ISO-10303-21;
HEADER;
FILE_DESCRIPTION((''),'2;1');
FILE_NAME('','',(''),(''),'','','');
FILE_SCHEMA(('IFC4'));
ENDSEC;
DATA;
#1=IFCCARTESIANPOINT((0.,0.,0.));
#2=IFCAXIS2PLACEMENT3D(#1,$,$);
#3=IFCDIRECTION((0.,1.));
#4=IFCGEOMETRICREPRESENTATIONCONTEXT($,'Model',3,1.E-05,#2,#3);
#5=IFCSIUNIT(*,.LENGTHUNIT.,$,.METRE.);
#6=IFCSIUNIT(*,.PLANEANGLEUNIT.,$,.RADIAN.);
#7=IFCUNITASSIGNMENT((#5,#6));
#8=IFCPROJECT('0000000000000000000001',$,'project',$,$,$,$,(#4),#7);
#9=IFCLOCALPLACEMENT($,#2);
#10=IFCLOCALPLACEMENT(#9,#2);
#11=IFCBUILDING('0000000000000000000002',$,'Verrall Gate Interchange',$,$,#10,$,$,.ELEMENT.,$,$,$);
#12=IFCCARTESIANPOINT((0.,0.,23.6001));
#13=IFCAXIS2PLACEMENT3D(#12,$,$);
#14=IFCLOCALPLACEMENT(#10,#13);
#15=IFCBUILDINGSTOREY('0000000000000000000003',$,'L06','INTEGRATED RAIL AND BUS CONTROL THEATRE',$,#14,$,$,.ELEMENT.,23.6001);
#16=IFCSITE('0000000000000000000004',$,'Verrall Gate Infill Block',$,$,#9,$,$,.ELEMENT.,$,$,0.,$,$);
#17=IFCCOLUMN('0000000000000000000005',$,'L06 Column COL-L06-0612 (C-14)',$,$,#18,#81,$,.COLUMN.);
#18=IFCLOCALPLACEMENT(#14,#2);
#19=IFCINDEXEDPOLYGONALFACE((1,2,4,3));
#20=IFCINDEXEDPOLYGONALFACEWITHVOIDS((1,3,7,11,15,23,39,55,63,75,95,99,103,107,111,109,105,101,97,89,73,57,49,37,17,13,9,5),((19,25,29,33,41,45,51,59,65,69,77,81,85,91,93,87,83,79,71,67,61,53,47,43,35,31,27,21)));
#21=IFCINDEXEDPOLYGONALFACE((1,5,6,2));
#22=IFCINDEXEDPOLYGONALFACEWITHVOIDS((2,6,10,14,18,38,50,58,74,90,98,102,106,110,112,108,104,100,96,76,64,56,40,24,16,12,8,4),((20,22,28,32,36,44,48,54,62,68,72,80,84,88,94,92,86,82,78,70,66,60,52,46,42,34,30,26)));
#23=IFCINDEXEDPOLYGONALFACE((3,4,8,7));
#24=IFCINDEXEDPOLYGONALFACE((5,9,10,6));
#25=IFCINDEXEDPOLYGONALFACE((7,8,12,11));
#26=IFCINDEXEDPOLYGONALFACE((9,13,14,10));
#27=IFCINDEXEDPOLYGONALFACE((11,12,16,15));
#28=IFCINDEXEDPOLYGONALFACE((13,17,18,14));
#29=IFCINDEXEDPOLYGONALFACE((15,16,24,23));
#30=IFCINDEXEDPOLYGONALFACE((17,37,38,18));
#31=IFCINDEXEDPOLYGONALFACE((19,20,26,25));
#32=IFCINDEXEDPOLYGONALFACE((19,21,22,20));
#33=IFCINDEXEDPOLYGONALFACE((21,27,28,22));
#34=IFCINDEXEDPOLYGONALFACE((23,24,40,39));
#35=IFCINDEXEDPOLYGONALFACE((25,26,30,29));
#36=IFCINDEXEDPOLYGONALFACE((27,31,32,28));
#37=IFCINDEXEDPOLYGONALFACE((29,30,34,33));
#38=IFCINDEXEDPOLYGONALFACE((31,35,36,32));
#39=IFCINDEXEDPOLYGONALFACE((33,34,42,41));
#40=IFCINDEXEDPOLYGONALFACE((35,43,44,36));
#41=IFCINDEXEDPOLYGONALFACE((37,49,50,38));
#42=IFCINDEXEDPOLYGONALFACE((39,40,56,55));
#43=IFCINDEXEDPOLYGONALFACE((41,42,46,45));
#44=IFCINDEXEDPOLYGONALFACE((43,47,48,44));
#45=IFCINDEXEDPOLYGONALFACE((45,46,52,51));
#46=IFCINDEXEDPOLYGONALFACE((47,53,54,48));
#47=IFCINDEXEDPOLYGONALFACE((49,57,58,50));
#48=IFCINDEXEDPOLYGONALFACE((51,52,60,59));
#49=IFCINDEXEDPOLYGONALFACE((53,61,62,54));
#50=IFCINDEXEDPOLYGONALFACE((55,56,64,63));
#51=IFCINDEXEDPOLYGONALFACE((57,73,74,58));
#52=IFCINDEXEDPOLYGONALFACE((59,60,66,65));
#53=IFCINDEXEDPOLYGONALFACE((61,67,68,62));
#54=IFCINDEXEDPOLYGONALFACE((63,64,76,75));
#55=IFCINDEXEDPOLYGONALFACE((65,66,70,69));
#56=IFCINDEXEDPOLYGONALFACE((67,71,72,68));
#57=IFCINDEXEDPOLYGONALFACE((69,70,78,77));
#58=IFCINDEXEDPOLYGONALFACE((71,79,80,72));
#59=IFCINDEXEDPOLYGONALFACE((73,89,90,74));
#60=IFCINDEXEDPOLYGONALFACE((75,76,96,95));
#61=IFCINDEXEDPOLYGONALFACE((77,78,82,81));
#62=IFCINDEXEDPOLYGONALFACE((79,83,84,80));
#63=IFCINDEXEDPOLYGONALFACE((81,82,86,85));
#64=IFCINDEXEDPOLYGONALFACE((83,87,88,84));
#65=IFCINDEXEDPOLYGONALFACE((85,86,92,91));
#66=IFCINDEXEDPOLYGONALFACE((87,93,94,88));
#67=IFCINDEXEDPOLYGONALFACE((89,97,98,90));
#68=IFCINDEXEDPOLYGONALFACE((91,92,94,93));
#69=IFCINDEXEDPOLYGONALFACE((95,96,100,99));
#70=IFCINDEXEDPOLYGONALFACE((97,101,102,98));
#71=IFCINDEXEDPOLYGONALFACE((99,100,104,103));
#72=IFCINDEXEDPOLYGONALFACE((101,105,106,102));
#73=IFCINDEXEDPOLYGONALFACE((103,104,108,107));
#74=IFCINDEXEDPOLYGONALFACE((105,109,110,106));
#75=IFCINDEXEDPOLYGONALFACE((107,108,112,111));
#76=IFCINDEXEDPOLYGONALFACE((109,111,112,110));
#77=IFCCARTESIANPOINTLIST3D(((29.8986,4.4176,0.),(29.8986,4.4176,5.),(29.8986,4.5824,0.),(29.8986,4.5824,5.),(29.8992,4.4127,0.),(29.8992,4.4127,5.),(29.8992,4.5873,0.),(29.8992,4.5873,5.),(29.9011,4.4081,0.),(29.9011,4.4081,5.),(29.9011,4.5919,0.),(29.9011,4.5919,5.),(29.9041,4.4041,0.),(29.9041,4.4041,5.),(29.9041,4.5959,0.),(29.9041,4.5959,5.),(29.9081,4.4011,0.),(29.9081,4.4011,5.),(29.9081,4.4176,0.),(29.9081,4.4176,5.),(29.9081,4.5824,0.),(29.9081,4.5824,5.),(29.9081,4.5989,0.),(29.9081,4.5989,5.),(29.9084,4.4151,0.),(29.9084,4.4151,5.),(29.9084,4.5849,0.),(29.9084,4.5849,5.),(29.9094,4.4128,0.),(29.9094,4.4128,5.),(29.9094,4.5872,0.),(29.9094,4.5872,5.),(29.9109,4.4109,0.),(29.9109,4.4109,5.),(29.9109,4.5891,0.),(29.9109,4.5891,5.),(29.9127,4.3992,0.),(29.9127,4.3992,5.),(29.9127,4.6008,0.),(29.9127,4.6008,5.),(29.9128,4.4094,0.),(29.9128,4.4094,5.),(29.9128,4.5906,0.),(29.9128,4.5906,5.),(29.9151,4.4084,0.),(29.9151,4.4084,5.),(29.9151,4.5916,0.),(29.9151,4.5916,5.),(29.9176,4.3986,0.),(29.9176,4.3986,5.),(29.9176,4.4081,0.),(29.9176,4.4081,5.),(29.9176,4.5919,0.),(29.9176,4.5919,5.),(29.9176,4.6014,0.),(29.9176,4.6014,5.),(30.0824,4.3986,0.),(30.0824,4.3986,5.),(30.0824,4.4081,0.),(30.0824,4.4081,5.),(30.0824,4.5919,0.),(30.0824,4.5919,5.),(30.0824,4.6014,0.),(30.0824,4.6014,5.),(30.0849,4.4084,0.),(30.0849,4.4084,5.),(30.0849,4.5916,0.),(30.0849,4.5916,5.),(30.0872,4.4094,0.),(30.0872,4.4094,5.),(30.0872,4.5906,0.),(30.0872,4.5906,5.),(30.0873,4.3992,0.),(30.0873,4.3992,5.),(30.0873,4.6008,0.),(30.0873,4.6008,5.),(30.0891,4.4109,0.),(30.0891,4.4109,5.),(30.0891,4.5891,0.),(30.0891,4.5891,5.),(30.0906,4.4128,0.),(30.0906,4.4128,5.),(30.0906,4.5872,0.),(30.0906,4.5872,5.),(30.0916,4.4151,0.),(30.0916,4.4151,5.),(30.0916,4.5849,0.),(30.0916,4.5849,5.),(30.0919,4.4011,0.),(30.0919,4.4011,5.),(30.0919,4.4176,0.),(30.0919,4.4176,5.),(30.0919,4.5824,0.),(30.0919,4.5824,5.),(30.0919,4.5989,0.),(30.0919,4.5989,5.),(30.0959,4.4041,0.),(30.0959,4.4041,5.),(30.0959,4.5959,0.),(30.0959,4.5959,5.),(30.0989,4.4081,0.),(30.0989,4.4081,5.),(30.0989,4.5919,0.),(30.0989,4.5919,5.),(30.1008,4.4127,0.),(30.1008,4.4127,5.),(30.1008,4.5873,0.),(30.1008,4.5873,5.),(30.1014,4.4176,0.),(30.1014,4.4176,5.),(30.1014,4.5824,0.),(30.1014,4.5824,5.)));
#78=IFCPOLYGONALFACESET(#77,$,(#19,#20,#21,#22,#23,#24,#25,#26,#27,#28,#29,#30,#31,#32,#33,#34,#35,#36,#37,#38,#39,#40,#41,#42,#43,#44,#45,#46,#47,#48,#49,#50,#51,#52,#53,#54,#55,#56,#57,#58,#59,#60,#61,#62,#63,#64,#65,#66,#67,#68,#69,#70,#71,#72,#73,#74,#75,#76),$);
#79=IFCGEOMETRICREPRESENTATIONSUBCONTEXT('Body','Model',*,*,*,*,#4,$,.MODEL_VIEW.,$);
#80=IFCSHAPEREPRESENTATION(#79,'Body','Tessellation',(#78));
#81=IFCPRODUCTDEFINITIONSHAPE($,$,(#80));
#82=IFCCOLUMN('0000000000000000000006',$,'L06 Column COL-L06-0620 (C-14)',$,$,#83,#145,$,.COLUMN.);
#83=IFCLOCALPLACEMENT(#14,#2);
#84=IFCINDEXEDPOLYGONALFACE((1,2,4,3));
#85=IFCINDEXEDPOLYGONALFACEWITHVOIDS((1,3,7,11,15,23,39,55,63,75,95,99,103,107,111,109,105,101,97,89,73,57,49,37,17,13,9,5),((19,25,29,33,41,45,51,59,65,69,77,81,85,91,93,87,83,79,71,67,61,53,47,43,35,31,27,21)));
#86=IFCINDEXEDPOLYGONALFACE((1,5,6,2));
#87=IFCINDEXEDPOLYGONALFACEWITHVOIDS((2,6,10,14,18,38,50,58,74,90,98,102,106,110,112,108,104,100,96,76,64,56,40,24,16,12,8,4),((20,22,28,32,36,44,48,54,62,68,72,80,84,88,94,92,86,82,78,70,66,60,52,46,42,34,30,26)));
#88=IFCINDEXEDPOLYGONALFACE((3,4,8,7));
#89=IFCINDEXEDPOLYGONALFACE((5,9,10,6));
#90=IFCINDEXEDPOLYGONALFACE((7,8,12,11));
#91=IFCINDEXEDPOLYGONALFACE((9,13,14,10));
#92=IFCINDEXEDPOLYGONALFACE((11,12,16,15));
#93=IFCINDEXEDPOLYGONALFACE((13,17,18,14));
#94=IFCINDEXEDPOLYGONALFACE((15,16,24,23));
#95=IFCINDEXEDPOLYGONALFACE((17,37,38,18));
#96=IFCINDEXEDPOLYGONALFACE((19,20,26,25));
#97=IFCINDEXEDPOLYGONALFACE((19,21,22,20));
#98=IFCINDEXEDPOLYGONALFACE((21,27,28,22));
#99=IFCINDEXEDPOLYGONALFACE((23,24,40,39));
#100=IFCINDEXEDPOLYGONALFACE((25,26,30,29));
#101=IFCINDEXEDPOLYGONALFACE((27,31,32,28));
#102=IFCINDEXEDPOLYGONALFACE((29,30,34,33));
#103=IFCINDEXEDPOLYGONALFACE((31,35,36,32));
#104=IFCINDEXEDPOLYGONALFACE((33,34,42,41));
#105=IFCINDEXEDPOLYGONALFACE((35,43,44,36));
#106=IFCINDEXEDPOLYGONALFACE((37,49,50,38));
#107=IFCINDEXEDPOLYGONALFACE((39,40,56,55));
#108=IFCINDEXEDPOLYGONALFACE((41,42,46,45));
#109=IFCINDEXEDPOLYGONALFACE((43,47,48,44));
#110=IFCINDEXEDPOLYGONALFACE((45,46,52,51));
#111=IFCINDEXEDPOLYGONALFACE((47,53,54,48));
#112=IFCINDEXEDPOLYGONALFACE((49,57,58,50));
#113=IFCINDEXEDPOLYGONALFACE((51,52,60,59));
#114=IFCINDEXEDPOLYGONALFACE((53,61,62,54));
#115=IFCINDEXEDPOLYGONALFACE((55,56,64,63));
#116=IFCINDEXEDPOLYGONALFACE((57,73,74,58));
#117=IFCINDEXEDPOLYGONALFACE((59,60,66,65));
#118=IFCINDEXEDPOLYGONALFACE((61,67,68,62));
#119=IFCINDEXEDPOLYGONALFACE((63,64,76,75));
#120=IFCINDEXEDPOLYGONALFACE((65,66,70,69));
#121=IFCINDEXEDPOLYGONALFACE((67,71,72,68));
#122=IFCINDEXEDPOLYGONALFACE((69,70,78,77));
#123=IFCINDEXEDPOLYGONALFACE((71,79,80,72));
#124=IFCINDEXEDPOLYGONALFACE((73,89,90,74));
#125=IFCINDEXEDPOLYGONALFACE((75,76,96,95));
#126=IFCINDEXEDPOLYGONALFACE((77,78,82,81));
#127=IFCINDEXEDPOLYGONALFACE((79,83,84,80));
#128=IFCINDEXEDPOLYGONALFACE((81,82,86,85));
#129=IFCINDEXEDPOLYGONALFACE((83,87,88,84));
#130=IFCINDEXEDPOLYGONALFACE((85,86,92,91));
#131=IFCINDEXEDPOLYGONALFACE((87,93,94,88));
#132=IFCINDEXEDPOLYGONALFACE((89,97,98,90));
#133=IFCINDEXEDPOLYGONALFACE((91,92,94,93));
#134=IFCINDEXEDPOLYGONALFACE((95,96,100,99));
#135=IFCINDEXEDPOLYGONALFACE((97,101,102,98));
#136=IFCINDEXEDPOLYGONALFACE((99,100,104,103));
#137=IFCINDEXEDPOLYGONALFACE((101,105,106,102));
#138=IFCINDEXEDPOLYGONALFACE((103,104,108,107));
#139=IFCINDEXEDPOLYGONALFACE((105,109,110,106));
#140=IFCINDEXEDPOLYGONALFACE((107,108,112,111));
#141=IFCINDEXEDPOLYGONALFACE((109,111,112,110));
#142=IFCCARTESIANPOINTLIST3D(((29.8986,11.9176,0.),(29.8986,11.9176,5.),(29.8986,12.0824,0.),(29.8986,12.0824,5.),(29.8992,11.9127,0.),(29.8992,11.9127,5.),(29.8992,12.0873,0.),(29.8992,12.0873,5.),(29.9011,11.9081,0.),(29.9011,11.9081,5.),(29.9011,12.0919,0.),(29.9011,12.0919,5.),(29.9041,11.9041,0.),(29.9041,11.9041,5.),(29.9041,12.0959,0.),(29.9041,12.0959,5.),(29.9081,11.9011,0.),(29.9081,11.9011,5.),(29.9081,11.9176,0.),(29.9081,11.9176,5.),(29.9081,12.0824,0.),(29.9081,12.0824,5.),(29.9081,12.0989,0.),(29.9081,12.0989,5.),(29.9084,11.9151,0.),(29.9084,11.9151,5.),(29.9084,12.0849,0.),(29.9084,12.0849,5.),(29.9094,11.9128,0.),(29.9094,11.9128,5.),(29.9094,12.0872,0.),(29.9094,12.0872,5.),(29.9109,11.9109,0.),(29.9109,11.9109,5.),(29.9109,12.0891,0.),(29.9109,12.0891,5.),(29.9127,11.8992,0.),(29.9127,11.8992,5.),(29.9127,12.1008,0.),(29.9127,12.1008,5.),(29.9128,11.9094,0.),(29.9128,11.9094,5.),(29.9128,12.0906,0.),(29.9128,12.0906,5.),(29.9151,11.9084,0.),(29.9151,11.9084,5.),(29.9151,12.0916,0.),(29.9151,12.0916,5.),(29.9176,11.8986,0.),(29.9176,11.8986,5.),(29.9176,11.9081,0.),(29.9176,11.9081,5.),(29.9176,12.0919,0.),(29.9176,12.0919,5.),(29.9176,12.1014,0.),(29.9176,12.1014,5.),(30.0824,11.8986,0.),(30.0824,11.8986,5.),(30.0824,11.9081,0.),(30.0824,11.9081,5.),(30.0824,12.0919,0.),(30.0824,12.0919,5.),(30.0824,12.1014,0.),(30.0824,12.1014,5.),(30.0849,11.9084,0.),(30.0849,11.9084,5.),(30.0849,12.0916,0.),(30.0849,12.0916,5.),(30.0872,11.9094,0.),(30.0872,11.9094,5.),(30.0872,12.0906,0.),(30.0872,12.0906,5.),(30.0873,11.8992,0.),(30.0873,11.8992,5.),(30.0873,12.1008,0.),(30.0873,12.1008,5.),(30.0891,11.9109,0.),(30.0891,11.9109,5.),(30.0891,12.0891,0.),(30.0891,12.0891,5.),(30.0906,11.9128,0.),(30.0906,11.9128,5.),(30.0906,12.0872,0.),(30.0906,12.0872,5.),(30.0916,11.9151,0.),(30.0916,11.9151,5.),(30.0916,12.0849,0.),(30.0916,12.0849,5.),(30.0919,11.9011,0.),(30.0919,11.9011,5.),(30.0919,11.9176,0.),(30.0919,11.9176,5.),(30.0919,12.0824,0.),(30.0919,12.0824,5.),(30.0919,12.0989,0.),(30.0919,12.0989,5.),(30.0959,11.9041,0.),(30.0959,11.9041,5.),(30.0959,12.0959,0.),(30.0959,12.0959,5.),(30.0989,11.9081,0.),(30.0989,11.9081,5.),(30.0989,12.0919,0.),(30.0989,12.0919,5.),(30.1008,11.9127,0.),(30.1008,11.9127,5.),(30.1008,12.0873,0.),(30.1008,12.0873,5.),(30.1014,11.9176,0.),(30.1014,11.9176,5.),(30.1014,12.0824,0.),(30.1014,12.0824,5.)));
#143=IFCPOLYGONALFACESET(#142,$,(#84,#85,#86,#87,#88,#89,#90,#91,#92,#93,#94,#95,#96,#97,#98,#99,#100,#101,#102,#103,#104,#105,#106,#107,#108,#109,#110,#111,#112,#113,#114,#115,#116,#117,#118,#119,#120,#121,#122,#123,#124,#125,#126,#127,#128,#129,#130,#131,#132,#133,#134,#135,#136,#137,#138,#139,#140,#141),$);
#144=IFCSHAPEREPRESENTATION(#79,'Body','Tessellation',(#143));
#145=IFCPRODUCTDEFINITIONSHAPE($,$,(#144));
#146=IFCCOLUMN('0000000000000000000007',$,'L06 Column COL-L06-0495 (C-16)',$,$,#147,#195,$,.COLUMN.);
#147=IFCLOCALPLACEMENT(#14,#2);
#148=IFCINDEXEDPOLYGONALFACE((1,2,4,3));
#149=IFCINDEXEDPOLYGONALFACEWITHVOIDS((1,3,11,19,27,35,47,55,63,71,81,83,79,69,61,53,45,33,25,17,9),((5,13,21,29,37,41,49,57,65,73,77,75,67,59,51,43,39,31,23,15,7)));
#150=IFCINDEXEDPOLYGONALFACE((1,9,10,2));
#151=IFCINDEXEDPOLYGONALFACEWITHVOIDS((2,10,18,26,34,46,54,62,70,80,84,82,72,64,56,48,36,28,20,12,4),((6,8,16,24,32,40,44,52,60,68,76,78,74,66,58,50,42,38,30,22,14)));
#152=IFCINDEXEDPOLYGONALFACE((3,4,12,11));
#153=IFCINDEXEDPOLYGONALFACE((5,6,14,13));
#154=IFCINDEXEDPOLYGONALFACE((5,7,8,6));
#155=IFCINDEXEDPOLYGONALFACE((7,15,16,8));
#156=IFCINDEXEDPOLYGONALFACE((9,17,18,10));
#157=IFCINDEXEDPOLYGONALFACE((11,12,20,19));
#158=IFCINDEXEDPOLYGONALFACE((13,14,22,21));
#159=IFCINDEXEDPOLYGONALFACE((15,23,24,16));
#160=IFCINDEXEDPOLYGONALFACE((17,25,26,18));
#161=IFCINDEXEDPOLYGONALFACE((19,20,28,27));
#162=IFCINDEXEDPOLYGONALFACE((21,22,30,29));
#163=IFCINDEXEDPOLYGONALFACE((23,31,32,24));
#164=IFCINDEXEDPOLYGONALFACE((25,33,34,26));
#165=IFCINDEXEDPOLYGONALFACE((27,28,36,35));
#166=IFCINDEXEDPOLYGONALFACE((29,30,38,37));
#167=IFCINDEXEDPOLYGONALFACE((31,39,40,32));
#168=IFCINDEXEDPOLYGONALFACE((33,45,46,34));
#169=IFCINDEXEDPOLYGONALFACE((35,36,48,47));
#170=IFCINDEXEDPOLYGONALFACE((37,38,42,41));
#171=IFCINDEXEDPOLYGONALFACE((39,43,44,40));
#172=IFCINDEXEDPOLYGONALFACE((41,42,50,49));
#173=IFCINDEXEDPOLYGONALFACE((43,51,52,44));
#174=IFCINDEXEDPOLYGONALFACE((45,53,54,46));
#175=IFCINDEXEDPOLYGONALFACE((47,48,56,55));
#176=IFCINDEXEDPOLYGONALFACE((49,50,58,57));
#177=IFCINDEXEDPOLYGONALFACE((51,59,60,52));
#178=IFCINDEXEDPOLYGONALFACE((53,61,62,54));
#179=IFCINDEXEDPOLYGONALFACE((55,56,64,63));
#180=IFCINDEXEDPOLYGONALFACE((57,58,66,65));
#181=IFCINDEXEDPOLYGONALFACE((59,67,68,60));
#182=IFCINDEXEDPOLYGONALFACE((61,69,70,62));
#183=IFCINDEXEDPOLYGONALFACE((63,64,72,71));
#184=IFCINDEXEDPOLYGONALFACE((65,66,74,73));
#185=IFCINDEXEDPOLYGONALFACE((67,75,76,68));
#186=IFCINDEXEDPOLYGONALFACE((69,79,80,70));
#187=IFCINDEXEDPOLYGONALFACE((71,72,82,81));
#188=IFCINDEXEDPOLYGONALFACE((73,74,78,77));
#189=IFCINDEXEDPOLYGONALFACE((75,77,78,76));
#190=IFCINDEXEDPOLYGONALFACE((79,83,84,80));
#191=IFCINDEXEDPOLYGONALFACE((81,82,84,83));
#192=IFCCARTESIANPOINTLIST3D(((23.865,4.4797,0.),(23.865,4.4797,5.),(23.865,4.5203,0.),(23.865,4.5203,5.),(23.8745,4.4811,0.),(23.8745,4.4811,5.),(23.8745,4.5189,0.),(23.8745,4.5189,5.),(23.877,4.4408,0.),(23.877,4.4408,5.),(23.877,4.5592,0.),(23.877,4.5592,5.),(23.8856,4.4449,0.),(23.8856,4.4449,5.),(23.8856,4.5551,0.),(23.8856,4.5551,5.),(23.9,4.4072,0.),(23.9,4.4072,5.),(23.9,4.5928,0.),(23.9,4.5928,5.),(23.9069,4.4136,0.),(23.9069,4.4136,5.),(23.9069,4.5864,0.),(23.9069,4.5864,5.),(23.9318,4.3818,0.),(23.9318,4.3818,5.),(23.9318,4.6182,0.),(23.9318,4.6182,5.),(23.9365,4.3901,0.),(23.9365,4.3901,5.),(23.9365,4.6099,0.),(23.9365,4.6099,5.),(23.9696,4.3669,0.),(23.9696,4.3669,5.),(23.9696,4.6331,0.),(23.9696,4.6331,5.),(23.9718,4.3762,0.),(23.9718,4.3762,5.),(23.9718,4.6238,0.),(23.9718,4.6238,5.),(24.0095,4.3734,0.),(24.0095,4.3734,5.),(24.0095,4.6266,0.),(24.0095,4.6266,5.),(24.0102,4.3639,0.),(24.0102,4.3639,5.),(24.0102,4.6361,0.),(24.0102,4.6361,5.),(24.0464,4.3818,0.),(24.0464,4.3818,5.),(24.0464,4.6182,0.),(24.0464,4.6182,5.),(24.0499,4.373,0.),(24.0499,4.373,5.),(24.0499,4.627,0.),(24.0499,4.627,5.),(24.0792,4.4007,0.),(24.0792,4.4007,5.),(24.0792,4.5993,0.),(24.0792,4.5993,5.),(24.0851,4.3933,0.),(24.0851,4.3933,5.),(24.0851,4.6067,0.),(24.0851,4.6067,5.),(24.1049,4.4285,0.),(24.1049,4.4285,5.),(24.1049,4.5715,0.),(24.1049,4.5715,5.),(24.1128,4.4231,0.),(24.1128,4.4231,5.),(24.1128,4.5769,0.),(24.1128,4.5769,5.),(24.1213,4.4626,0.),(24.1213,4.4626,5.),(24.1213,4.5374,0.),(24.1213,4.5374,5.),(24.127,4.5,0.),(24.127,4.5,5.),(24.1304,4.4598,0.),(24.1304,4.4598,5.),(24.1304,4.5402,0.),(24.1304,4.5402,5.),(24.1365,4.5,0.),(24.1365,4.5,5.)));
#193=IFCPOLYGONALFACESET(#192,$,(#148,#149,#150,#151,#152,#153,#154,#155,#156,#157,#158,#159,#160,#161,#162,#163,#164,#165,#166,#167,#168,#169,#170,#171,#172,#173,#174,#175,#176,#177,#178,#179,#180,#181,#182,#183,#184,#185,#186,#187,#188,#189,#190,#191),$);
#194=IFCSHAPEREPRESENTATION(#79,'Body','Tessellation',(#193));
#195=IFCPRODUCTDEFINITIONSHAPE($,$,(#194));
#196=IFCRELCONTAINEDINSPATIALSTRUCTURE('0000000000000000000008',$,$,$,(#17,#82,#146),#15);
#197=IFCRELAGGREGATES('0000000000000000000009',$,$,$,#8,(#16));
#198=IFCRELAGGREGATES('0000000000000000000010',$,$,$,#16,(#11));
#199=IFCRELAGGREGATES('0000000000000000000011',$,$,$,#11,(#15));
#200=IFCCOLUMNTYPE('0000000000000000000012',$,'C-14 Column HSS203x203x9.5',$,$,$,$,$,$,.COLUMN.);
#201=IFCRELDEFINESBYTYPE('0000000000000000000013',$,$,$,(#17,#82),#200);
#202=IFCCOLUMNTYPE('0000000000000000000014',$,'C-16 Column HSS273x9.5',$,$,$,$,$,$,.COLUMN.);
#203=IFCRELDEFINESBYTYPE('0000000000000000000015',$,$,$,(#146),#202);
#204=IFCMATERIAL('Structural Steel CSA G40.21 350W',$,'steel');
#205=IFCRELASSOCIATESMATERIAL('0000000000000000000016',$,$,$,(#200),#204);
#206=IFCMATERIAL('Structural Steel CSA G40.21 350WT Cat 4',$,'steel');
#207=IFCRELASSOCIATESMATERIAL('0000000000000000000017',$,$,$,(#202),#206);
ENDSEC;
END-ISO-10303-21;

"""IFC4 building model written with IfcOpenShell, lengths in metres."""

from ifc_helpers import new_model, si_unit, direction, frame, origin, origin_2d, place, context, subcontext, project, spatial, hollow_rectangle, hollow_circle, extrude, material, material_profile, profile_set, type_object, element, save


model = new_model("IFC4")

# Units and contexts
model_context = context("Model", 3, precision=1e-05, world=origin(), true_north=direction((0.0, 1.0)))
body_context = subcontext(model_context, "Body", "Model", "MODEL_VIEW")
ifc_project = project(units=[si_unit("LENGTHUNIT", "METRE"), si_unit("PLANEANGLEUNIT", "RADIAN")], contexts=[model_context])

# Site, building, storey
site_placement = place(None, origin())
site = spatial("IfcSite", under=ifc_project, at=site_placement, Name="Verrall Gate Infill Block", CompositionType="ELEMENT", RefElevation=0.0)
building_placement = place(site_placement, origin())
building = spatial("IfcBuilding", under=site, at=building_placement, Name="Verrall Gate Interchange", CompositionType="ELEMENT")
storey_placement = place(building_placement, frame((0.0, 0.0, 23.6001)))
storey = spatial("IfcBuildingStorey", under=building, at=storey_placement, Name="L06", Description="INTEGRATED RAIL AND BUS CONTROL THEATRE", CompositionType="ELEMENT", Elevation=23.6001)

# Columns
ifc_material_1 = material(Name="Structural Steel CSA G40.21 350W", Category="steel")
ifc_material_profile_1 = material_profile(ifc_material_1, hollow_rectangle(XDim=0.2029, YDim=0.2029, WallThickness=0.0095, InnerFilletRadius=0.0095, OuterFilletRadius=0.019, at=origin_2d()), Name="HSS203x203x9.5")
ifc_profile_set_1 = profile_set([ifc_material_profile_1], Name="Structural Steel CSA G40.21 350W")
column_type_1 = type_object("IfcColumnType", Name="C-14 Column HSS203x203x9.5", PredefinedType="COLUMN", material=ifc_profile_set_1)
for number, where, z_axis, x_axis, name in (
    (1, (30.0, 4.5, 0.0), (0.0, 0.0, 1.0), (1.0, 0.0, 0.0), "L06 Column COL-L06-0612 (C-14)"),
    (2, (30.0, 12.0, 0.0), (0.0, 0.0, 1.0), (1.0, 0.0, 0.0), "L06 Column COL-L06-0620 (C-14)"),
):
    element("IfcColumn", number, at=place(storey_placement, frame(where, z_axis=z_axis, x_axis=x_axis)), inside=storey, type_object=column_type_1, Name=name, PredefinedType="COLUMN", context=body_context, shape_type="SweptSolid", body=[
        extrude(hollow_rectangle(XDim=0.2029, YDim=0.2029, WallThickness=0.0095, InnerFilletRadius=0.0095, OuterFilletRadius=0.019, at=origin_2d()), origin(), (0.0, 0.0, 1.0), 5.0),
    ])
ifc_material_2 = material(Name="Structural Steel CSA G40.21 350WT Cat 4", Category="steel")
ifc_material_profile_2 = material_profile(ifc_material_2, hollow_circle(Radius=0.1365, WallThickness=0.0095, at=origin_2d()), Name="HSS273x9.5")
ifc_profile_set_2 = profile_set([ifc_material_profile_2], Name="Structural Steel CSA G40.21 350WT Cat 4")
column_type_2 = type_object("IfcColumnType", Name="C-16 Column HSS273x9.5", PredefinedType="COLUMN", material=ifc_profile_set_2)
for number, where, z_axis, x_axis, name in (
    (3, (24.0, 4.5, 0.0), (0.0, 0.0, 1.0), (1.0, 0.0, 0.0), "L06 Column COL-L06-0495 (C-16)"),
):
    element("IfcColumn", number, at=place(storey_placement, frame(where, z_axis=z_axis, x_axis=x_axis)), inside=storey, type_object=column_type_2, Name=name, PredefinedType="COLUMN", context=body_context, shape_type="SweptSolid", body=[
        extrude(hollow_circle(Radius=0.1365, WallThickness=0.0095, at=origin_2d()), origin(), (0.0, 0.0, 1.0), 5.0),
    ])

save(model, "model.ifc")
